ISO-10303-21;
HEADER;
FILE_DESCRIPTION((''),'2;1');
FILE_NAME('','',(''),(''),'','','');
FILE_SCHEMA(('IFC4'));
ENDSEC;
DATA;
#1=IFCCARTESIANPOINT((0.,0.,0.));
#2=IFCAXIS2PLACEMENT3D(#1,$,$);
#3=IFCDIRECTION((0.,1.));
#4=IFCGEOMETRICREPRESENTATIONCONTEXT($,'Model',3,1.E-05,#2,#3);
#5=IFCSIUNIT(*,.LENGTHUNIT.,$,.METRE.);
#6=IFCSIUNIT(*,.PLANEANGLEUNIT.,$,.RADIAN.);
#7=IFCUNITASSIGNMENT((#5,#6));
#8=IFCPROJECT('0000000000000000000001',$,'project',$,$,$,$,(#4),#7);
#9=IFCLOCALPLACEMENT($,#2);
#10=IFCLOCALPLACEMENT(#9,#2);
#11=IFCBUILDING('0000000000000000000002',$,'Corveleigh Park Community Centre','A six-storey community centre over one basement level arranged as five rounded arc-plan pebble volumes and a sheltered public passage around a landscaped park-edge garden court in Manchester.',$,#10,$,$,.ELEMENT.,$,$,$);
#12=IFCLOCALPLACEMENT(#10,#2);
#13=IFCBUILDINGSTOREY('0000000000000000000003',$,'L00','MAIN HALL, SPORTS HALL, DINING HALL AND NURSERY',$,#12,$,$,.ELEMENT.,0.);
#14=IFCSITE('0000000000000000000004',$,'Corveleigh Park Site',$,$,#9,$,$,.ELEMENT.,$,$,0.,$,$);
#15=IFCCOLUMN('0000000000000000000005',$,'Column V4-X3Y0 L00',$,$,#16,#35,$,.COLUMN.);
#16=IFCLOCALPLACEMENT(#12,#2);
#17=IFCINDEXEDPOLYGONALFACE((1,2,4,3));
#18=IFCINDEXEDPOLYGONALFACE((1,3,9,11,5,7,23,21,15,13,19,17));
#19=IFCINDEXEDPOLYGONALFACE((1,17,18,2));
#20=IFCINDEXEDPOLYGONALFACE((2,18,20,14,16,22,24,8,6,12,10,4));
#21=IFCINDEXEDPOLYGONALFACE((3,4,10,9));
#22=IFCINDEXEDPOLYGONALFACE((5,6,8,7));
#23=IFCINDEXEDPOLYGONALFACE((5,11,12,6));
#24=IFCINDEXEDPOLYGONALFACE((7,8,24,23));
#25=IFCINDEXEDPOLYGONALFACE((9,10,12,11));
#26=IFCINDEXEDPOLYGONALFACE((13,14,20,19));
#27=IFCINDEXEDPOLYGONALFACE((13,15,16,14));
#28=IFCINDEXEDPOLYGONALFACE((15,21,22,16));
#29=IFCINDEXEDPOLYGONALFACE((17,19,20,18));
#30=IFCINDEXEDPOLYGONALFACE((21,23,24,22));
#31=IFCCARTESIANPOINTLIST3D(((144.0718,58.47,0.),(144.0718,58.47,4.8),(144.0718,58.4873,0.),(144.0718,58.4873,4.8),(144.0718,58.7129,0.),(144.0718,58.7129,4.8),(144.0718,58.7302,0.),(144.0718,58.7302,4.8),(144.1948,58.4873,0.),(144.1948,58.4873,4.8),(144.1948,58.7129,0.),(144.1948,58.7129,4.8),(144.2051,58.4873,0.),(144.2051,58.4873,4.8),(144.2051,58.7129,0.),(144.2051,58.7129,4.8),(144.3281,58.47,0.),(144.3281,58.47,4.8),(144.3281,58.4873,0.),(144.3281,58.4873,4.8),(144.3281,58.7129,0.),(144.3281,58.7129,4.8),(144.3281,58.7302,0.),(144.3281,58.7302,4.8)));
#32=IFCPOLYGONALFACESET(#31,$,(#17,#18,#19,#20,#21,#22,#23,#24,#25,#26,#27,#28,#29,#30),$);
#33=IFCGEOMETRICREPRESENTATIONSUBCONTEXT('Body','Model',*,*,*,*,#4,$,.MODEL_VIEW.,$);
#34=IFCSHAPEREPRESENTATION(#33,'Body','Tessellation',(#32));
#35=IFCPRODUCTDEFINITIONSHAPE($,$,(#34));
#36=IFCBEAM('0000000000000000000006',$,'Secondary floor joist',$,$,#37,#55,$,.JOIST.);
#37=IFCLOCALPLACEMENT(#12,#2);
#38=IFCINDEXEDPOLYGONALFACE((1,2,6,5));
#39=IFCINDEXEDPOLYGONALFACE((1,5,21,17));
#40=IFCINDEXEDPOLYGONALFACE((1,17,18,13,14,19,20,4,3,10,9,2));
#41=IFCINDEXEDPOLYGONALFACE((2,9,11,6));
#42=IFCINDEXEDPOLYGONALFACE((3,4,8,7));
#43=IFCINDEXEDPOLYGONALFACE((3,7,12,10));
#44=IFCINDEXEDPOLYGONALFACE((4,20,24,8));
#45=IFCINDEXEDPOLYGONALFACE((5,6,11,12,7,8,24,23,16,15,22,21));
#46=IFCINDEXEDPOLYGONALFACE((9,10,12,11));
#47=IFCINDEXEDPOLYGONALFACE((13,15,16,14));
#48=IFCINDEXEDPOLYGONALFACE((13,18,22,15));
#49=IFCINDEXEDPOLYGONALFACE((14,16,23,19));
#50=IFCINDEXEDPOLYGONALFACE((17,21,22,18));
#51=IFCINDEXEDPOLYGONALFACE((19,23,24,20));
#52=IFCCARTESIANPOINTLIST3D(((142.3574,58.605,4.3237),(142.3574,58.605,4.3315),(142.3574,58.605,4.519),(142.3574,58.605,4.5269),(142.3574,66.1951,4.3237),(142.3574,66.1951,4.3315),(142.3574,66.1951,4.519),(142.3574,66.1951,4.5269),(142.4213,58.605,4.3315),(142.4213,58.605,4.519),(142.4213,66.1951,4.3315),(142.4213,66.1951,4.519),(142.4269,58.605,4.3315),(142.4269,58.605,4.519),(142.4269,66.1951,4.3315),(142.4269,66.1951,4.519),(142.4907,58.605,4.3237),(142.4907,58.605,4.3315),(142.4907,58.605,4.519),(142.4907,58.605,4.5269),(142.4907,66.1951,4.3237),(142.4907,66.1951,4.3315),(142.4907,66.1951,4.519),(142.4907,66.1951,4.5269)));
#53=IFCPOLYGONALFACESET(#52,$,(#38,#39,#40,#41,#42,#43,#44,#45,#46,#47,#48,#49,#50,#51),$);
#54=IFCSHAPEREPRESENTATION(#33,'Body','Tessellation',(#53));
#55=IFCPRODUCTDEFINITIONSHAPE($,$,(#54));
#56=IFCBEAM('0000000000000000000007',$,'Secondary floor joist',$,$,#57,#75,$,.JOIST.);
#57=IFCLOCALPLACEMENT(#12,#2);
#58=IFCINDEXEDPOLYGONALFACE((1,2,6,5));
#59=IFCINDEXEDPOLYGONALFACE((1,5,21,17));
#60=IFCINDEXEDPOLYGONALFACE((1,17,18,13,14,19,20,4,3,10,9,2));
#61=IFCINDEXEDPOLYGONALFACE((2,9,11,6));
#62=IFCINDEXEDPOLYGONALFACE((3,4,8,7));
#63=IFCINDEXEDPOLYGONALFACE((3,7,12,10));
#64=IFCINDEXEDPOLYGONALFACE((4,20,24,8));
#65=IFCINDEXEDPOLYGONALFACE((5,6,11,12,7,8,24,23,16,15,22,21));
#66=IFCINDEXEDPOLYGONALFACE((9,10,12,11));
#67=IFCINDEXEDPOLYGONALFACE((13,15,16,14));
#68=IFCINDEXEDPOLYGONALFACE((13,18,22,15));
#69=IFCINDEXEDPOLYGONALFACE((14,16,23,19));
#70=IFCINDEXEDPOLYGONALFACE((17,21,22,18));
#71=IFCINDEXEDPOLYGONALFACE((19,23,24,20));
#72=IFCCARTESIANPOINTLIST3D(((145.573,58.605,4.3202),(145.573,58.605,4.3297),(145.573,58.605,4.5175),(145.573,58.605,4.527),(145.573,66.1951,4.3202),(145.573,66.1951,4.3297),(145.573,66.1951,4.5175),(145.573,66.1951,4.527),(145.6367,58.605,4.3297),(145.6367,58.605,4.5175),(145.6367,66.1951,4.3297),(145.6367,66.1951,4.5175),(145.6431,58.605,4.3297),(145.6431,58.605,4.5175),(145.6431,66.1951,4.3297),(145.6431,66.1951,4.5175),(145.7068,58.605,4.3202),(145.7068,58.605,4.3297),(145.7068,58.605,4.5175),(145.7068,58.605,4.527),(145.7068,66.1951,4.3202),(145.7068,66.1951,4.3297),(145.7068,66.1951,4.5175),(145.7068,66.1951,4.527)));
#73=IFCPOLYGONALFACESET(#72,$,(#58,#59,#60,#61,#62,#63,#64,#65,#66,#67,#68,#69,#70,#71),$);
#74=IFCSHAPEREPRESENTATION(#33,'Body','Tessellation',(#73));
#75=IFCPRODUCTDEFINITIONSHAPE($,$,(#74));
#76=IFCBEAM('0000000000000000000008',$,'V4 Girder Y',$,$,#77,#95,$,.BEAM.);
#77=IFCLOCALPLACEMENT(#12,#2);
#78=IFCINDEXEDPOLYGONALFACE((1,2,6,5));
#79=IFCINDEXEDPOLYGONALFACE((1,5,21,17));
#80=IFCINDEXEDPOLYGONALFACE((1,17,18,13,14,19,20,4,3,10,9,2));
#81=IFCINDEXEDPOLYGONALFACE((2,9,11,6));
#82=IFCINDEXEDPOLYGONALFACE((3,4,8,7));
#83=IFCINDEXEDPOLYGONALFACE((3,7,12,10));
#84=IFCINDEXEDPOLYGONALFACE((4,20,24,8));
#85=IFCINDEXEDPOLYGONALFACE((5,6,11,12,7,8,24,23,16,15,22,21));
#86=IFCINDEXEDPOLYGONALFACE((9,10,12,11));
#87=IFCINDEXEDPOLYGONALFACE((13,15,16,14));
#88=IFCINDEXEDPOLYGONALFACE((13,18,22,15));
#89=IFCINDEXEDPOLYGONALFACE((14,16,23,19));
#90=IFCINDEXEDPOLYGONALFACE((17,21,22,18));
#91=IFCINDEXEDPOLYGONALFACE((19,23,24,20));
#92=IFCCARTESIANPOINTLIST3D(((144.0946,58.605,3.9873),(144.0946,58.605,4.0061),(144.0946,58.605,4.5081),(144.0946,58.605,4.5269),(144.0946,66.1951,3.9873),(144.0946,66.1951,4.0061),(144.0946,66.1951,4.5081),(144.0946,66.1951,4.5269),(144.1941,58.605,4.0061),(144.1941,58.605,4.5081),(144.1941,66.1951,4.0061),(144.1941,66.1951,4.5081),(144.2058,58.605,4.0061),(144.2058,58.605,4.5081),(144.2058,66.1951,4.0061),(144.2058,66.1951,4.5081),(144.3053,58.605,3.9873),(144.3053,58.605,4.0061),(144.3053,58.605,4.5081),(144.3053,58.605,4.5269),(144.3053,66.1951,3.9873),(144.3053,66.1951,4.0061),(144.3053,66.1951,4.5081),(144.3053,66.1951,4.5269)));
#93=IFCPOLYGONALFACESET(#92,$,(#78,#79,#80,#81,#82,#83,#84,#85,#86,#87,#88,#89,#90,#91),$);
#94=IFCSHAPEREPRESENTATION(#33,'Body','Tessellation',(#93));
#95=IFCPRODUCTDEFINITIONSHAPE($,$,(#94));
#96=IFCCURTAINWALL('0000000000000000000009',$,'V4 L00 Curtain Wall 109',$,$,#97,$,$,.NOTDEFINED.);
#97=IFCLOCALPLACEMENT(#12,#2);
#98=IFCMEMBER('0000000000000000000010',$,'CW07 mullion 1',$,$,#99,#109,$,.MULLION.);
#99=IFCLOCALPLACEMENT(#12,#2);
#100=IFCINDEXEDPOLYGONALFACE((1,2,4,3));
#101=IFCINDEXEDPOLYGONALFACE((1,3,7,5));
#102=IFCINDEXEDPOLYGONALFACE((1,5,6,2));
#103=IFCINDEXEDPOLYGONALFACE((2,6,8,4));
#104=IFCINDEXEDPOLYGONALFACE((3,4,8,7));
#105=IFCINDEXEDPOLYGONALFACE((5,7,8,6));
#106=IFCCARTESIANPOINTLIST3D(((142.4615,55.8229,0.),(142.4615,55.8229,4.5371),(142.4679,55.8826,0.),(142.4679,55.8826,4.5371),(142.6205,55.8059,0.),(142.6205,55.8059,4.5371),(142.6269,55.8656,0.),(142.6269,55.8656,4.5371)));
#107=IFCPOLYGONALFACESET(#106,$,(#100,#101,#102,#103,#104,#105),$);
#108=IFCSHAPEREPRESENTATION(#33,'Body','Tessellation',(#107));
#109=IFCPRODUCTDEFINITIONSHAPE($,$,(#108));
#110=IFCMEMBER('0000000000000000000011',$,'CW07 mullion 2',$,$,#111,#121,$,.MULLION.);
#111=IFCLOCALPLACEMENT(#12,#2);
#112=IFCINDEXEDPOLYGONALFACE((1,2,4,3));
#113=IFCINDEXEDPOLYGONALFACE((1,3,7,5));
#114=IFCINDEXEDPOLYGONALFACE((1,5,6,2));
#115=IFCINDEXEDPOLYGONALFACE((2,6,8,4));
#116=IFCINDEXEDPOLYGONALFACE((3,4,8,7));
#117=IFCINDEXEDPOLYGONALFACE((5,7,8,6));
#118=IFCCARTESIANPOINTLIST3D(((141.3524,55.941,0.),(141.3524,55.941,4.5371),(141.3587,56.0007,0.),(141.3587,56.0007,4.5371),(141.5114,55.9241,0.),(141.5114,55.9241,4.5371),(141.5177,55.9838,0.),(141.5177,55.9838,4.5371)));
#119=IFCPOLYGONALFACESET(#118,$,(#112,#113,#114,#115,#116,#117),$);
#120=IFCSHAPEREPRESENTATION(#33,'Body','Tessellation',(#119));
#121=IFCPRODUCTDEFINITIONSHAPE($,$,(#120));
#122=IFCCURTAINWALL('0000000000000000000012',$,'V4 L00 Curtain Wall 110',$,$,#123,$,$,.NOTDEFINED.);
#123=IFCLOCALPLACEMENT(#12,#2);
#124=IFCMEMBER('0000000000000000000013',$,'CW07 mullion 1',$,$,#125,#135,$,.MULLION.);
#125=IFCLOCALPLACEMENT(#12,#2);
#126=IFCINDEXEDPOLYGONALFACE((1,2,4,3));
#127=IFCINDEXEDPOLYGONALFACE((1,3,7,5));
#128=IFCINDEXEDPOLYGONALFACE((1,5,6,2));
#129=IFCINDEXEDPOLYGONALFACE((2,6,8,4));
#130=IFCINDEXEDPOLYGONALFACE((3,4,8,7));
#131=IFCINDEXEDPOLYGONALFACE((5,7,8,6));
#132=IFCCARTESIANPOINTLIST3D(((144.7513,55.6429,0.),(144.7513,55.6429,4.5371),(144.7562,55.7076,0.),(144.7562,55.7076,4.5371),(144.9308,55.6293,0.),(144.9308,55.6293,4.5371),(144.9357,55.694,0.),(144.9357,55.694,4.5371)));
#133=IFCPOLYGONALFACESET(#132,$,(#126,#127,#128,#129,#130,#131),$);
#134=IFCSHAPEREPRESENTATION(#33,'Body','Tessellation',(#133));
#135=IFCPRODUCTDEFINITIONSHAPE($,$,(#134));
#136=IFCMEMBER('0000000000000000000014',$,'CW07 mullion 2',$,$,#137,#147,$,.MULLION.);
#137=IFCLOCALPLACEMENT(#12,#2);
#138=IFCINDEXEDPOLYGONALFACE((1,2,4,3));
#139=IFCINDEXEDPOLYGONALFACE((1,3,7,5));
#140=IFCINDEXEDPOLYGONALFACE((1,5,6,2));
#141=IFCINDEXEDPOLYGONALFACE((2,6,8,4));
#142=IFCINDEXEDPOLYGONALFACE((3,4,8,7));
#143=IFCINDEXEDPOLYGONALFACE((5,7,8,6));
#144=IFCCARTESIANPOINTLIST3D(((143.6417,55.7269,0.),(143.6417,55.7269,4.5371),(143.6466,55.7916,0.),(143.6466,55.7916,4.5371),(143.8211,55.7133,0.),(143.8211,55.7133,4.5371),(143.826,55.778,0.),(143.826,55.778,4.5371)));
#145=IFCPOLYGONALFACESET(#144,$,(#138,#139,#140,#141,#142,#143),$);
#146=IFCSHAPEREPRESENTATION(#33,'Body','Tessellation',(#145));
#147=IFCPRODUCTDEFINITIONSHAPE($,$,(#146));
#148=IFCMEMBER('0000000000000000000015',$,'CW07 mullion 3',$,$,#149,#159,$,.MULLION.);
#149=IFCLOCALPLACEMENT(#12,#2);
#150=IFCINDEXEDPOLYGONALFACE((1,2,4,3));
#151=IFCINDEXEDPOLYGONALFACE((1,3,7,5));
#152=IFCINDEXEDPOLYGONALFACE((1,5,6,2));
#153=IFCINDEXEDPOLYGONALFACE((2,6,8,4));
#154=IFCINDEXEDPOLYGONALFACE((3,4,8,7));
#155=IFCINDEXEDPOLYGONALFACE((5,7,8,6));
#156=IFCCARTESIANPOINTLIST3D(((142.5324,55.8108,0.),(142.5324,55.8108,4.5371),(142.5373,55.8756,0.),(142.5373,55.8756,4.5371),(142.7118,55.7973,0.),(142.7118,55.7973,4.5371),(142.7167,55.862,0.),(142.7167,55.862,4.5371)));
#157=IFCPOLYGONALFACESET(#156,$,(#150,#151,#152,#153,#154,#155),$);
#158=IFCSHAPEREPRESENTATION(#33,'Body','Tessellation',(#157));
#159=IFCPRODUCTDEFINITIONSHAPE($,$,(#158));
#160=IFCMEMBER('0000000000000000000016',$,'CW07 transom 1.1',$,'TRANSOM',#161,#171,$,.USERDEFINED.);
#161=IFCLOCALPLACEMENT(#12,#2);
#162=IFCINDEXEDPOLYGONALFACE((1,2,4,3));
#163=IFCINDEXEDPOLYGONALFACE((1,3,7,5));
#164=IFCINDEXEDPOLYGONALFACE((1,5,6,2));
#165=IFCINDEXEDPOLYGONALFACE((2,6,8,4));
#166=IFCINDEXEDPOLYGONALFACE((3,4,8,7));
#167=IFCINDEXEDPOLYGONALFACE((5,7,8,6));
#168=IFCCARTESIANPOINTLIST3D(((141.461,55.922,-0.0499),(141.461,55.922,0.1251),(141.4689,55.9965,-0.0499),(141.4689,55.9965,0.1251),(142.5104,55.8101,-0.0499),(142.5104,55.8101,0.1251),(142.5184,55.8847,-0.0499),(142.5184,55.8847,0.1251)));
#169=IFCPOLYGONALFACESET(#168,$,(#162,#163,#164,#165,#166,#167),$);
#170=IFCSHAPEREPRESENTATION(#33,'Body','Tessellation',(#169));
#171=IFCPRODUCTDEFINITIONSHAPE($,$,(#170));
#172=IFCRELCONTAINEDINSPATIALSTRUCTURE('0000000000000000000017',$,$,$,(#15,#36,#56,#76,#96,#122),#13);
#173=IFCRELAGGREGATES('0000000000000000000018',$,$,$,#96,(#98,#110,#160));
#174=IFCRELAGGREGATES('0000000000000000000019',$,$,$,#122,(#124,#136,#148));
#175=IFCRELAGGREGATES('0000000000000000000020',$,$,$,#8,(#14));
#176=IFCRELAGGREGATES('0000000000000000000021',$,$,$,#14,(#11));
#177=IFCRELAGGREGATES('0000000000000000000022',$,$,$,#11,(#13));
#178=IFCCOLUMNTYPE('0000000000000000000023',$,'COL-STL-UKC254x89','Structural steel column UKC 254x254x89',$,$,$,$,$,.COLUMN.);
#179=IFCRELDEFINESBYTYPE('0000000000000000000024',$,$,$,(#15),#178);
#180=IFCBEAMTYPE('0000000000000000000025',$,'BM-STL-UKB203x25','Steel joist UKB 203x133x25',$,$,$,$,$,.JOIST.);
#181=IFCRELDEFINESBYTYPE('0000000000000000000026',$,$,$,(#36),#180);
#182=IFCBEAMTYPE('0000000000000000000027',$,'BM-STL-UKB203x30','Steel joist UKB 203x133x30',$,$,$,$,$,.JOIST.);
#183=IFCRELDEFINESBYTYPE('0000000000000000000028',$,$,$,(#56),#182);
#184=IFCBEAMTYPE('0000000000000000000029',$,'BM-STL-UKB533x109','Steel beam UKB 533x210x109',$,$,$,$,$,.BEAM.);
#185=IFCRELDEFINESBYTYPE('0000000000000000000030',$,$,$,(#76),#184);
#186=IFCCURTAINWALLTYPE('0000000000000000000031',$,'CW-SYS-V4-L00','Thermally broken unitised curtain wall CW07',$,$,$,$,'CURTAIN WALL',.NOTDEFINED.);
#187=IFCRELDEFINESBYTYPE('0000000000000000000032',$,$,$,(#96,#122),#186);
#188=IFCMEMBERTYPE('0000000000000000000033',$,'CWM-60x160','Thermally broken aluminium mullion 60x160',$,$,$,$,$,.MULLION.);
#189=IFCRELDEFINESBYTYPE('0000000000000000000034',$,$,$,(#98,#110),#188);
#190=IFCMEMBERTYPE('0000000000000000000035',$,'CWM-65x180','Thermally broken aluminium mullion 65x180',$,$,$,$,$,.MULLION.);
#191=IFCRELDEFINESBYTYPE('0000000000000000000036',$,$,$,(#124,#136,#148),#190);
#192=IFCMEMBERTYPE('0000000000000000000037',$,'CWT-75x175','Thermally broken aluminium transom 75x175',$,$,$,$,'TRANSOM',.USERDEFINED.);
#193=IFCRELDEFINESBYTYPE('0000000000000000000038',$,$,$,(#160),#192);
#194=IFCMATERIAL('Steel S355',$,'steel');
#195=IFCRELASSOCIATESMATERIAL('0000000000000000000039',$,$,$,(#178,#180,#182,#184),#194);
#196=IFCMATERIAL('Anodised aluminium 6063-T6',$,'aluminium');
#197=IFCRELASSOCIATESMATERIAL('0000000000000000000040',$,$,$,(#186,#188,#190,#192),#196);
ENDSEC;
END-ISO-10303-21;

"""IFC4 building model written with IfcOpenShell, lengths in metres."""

from ifc_helpers import new_model, si_unit, direction, frame, origin, origin_2d, place, context, subcontext, project, spatial, rectangle, i_section, extrude, material, material_profile, profile_set, type_object, element, aggregate, save


model = new_model("IFC4")

# Units and contexts
model_context = context("Model", 3, precision=1e-05, world=origin(), true_north=direction((0.0, 1.0)))
body_context = subcontext(model_context, "Body", "Model", "MODEL_VIEW")
ifc_project = project(units=[si_unit("LENGTHUNIT", "METRE"), si_unit("PLANEANGLEUNIT", "RADIAN")], contexts=[model_context])

# Site, building, storey
site_placement = place(None, origin())
site = spatial("IfcSite", under=ifc_project, at=site_placement, Name="Corveleigh Park Site", CompositionType="ELEMENT", RefElevation=0.0)
building_placement = place(site_placement, origin())
building = spatial("IfcBuilding", under=site, at=building_placement, Name="Corveleigh Park Community Centre", Description="A six-storey community centre over one basement level arranged as five rounded arc-plan pebble volumes and a sheltered public passage around a landscaped park-edge garden court in Manchester.", CompositionType="ELEMENT")
storey_placement = place(building_placement, origin())
storey = spatial("IfcBuildingStorey", under=building, at=storey_placement, Name="L00", Description="MAIN HALL, SPORTS HALL, DINING HALL AND NURSERY", CompositionType="ELEMENT", Elevation=0.0)

# Column
ifc_material_1 = material(Name="Steel S355", Category="steel")
ifc_material_profile_1 = material_profile(ifc_material_1, i_section(OverallWidth=0.2563, OverallDepth=0.2603, WebThickness=0.0103, FlangeThickness=0.0173, at=origin_2d()), Name="UKC 254x254x89", Category="steel")
ifc_profile_set_1 = profile_set([ifc_material_profile_1], Name="Steel S355")
column_type = type_object("IfcColumnType", Name="COL-STL-UKC254x89", Description="Structural steel column UKC 254x254x89", PredefinedType="COLUMN", material=ifc_profile_set_1)
column_placement = place(storey_placement, frame((144.2, 58.6001, 0.0), z_axis=(0.0, 0.0, 1.0), x_axis=(1.0, 0.0, 0.0)))
element("IfcColumn", 1, at=column_placement, inside=storey, type_object=column_type, Name="Column V4-X3Y0 L00", PredefinedType="COLUMN", context=body_context, shape_type="SweptSolid", body=[
    extrude(i_section(OverallWidth=0.2563, OverallDepth=0.2603, WebThickness=0.0103, FlangeThickness=0.0173, at=origin_2d()), origin(), (0.0, 0.0, 1.0), 4.8),
])

# Beams
ifc_material_profile_2 = material_profile(ifc_material_1, i_section(OverallWidth=0.1333, OverallDepth=0.2031, WebThickness=0.0056, FlangeThickness=0.0078, at=origin_2d()), Name="UKB 203x133x25", Category="steel")
ifc_profile_set_2 = profile_set([ifc_material_profile_2], Name="Steel S355")
beam_type_1 = type_object("IfcBeamType", Name="BM-STL-UKB203x25", Description="Steel joist UKB 203x133x25", PredefinedType="JOIST", material=ifc_profile_set_2)
beam_1_placement = place(storey_placement, frame((142.4241, 58.605, 4.4253), z_axis=(0.0, 1.0, 0.0), x_axis=(-1.0, 0.0, 0.0)))
element("IfcBeam", 2, at=beam_1_placement, inside=storey, type_object=beam_type_1, Name="Secondary floor joist", PredefinedType="JOIST", context=body_context, shape_type="SweptSolid", body=[
    extrude(i_section(OverallWidth=0.1333, OverallDepth=0.2031, WebThickness=0.0056, FlangeThickness=0.0078, at=origin_2d()), origin(), (0.0, 0.0, 1.0), 7.5901),
])
ifc_material_profile_3 = material_profile(ifc_material_1, i_section(OverallWidth=0.1338, OverallDepth=0.2068, WebThickness=0.0063, FlangeThickness=0.0095, at=origin_2d()), Name="UKB 203x133x30", Category="steel")
ifc_profile_set_3 = profile_set([ifc_material_profile_3], Name="Steel S355")
beam_type_2 = type_object("IfcBeamType", Name="BM-STL-UKB203x30", Description="Steel joist UKB 203x133x30", PredefinedType="JOIST", material=ifc_profile_set_3)
beam_2_placement = place(storey_placement, frame((145.6399, 58.605, 4.4236), z_axis=(0.0, 1.0, 0.0), x_axis=(-1.0, 0.0, 0.0)))
element("IfcBeam", 3, at=beam_2_placement, inside=storey, type_object=beam_type_2, Name="Secondary floor joist", PredefinedType="JOIST", context=body_context, shape_type="SweptSolid", body=[
    extrude(i_section(OverallWidth=0.1338, OverallDepth=0.2068, WebThickness=0.0063, FlangeThickness=0.0095, at=origin_2d()), origin(), (0.0, 0.0, 1.0), 7.5901),
])
ifc_material_profile_4 = material_profile(ifc_material_1, i_section(OverallWidth=0.2107, OverallDepth=0.5396, WebThickness=0.0117, FlangeThickness=0.0188, at=origin_2d()), Name="UKB 533x210x109", Category="steel")
ifc_profile_set_4 = profile_set([ifc_material_profile_4], Name="Steel S355")
beam_type_3 = type_object("IfcBeamType", Name="BM-STL-UKB533x109", Description="Steel beam UKB 533x210x109", PredefinedType="BEAM", material=ifc_profile_set_4)
beam_3_placement = place(storey_placement, frame((144.2, 58.605, 4.2571), z_axis=(0.0, 1.0, 0.0), x_axis=(-1.0, 0.0, 0.0)))
element("IfcBeam", 4, at=beam_3_placement, inside=storey, type_object=beam_type_3, Name="V4 Girder Y", PredefinedType="BEAM", context=body_context, shape_type="SweptSolid", body=[
    extrude(i_section(OverallWidth=0.2107, OverallDepth=0.5396, WebThickness=0.0117, FlangeThickness=0.0188, at=origin_2d()), origin(), (0.0, 0.0, 1.0), 7.5901),
])

# Curtain walls, members
ifc_material_2 = material(Name="Anodised aluminium 6063-T6", Category="aluminium")
curtain_wall_type = type_object("IfcCurtainWallType", Name="CW-SYS-V4-L00", Description="Thermally broken unitised curtain wall CW07", ElementType="CURTAIN WALL", PredefinedType="NOTDEFINED", material=ifc_material_2)
curtain_wall_1_placement = place(storey_placement, origin())
curtain_wall_1 = element("IfcCurtainWall", 5, at=curtain_wall_1_placement, inside=storey, type_object=curtain_wall_type, Name="V4 L00 Curtain Wall 109", PredefinedType="NOTDEFINED")
ifc_material_profile_5 = material_profile(ifc_material_2, rectangle(XDim=0.0601, YDim=0.1599, at=origin_2d()), Name="ALU-M60x160", Category="aluminium")
ifc_profile_set_5 = profile_set([ifc_material_profile_5], Name="Anodised aluminium 6063-T6")
member_type_1 = type_object("IfcMemberType", Name="CWM-60x160", Description="Thermally broken aluminium mullion 60x160", PredefinedType="MULLION", material=ifc_profile_set_5)
member_1_placement = place(storey_placement, frame((142.5442, 55.8442, 0.0), z_axis=(0.0, 0.0, 1.0), x_axis=(-0.106071, -0.994359, 0.0)))
member_1 = element("IfcMember", 6, at=member_1_placement, type_object=member_type_1, Name="CW07 mullion 1", PredefinedType="MULLION", context=body_context, shape_type="SweptSolid", body=[
    extrude(rectangle(XDim=0.0601, YDim=0.1599, at=origin_2d()), origin(), (0.0, 0.0, 1.0), 4.5371),
])
member_2_placement = place(storey_placement, frame((141.4351, 55.9624, 0.0), z_axis=(0.0, 0.0, 1.0), x_axis=(-0.106071, -0.994359, 0.0)))
member_2 = element("IfcMember", 7, at=member_2_placement, type_object=member_type_1, Name="CW07 mullion 2", PredefinedType="MULLION", context=body_context, shape_type="SweptSolid", body=[
    extrude(rectangle(XDim=0.0601, YDim=0.1599, at=origin_2d()), origin(), (0.0, 0.0, 1.0), 4.5371),
])
curtain_wall_2_placement = place(storey_placement, origin())
curtain_wall_2 = element("IfcCurtainWall", 8, at=curtain_wall_2_placement, inside=storey, type_object=curtain_wall_type, Name="V4 L00 Curtain Wall 110", PredefinedType="NOTDEFINED")
ifc_material_profile_6 = material_profile(ifc_material_2, rectangle(XDim=0.0649, YDim=0.1799, at=origin_2d()), Name="ALU-M65x180", Category="aluminium")
ifc_profile_set_6 = profile_set([ifc_material_profile_6], Name="Anodised aluminium 6063-T6")
member_type_2 = type_object("IfcMemberType", Name="CWM-65x180", Description="Thermally broken aluminium mullion 65x180", PredefinedType="MULLION", material=ifc_profile_set_6)
member_3_placement = place(storey_placement, frame((144.8435, 55.6685, 0.0), z_axis=(0.0, 0.0, 1.0), x_axis=(-0.075528, -0.997144, 0.0)))
member_3 = element("IfcMember", 9, at=member_3_placement, type_object=member_type_2, Name="CW07 mullion 1", PredefinedType="MULLION", context=body_context, shape_type="SweptSolid", body=[
    extrude(rectangle(XDim=0.0649, YDim=0.1799, at=origin_2d()), origin(), (0.0, 0.0, 1.0), 4.5371),
])
member_4_placement = place(storey_placement, frame((143.7339, 55.7524, 0.0), z_axis=(0.0, 0.0, 1.0), x_axis=(-0.075528, -0.997144, 0.0)))
member_4 = element("IfcMember", 10, at=member_4_placement, type_object=member_type_2, Name="CW07 mullion 2", PredefinedType="MULLION", context=body_context, shape_type="SweptSolid", body=[
    extrude(rectangle(XDim=0.0649, YDim=0.1799, at=origin_2d()), origin(), (0.0, 0.0, 1.0), 4.5371),
])
member_5_placement = place(storey_placement, frame((142.6245, 55.8364, 0.0), z_axis=(0.0, 0.0, 1.0), x_axis=(-0.075528, -0.997144, 0.0)))
member_5 = element("IfcMember", 11, at=member_5_placement, type_object=member_type_2, Name="CW07 mullion 3", PredefinedType="MULLION", context=body_context, shape_type="SweptSolid", body=[
    extrude(rectangle(XDim=0.0649, YDim=0.1799, at=origin_2d()), origin(), (0.0, 0.0, 1.0), 4.5371),
])

# Member
ifc_material_profile_7 = material_profile(ifc_material_2, rectangle(XDim=0.075, YDim=0.175, at=origin_2d()), Name="ALU-T75x175", Category="aluminium")
ifc_profile_set_7 = profile_set([ifc_material_profile_7], Name="Anodised aluminium 6063-T6")
member_type_3 = type_object("IfcMemberType", Name="CWT-75x175", Description="Thermally broken aluminium transom 75x175", ElementType="TRANSOM", PredefinedType="USERDEFINED", material=ifc_profile_set_7)
member_6_placement = place(storey_placement, frame((142.5144, 55.8474, 0.0376), z_axis=(-0.994373, 0.105937, 0.0), x_axis=(-0.105937, -0.994373, 0.0)))
member_6 = element("IfcMember", 12, at=member_6_placement, type_object=member_type_3, Name="CW07 transom 1.1", ObjectType="TRANSOM", PredefinedType="USERDEFINED", context=body_context, shape_type="SweptSolid", body=[
    extrude(rectangle(XDim=0.075, YDim=0.175, at=origin_2d()), origin(), (0.0, 0.0, 1.0), 1.0554),
])

aggregate(curtain_wall_1, [member_1, member_2, member_6])
aggregate(curtain_wall_2, [member_3, member_4, member_5])

save(model, "model.ifc")
